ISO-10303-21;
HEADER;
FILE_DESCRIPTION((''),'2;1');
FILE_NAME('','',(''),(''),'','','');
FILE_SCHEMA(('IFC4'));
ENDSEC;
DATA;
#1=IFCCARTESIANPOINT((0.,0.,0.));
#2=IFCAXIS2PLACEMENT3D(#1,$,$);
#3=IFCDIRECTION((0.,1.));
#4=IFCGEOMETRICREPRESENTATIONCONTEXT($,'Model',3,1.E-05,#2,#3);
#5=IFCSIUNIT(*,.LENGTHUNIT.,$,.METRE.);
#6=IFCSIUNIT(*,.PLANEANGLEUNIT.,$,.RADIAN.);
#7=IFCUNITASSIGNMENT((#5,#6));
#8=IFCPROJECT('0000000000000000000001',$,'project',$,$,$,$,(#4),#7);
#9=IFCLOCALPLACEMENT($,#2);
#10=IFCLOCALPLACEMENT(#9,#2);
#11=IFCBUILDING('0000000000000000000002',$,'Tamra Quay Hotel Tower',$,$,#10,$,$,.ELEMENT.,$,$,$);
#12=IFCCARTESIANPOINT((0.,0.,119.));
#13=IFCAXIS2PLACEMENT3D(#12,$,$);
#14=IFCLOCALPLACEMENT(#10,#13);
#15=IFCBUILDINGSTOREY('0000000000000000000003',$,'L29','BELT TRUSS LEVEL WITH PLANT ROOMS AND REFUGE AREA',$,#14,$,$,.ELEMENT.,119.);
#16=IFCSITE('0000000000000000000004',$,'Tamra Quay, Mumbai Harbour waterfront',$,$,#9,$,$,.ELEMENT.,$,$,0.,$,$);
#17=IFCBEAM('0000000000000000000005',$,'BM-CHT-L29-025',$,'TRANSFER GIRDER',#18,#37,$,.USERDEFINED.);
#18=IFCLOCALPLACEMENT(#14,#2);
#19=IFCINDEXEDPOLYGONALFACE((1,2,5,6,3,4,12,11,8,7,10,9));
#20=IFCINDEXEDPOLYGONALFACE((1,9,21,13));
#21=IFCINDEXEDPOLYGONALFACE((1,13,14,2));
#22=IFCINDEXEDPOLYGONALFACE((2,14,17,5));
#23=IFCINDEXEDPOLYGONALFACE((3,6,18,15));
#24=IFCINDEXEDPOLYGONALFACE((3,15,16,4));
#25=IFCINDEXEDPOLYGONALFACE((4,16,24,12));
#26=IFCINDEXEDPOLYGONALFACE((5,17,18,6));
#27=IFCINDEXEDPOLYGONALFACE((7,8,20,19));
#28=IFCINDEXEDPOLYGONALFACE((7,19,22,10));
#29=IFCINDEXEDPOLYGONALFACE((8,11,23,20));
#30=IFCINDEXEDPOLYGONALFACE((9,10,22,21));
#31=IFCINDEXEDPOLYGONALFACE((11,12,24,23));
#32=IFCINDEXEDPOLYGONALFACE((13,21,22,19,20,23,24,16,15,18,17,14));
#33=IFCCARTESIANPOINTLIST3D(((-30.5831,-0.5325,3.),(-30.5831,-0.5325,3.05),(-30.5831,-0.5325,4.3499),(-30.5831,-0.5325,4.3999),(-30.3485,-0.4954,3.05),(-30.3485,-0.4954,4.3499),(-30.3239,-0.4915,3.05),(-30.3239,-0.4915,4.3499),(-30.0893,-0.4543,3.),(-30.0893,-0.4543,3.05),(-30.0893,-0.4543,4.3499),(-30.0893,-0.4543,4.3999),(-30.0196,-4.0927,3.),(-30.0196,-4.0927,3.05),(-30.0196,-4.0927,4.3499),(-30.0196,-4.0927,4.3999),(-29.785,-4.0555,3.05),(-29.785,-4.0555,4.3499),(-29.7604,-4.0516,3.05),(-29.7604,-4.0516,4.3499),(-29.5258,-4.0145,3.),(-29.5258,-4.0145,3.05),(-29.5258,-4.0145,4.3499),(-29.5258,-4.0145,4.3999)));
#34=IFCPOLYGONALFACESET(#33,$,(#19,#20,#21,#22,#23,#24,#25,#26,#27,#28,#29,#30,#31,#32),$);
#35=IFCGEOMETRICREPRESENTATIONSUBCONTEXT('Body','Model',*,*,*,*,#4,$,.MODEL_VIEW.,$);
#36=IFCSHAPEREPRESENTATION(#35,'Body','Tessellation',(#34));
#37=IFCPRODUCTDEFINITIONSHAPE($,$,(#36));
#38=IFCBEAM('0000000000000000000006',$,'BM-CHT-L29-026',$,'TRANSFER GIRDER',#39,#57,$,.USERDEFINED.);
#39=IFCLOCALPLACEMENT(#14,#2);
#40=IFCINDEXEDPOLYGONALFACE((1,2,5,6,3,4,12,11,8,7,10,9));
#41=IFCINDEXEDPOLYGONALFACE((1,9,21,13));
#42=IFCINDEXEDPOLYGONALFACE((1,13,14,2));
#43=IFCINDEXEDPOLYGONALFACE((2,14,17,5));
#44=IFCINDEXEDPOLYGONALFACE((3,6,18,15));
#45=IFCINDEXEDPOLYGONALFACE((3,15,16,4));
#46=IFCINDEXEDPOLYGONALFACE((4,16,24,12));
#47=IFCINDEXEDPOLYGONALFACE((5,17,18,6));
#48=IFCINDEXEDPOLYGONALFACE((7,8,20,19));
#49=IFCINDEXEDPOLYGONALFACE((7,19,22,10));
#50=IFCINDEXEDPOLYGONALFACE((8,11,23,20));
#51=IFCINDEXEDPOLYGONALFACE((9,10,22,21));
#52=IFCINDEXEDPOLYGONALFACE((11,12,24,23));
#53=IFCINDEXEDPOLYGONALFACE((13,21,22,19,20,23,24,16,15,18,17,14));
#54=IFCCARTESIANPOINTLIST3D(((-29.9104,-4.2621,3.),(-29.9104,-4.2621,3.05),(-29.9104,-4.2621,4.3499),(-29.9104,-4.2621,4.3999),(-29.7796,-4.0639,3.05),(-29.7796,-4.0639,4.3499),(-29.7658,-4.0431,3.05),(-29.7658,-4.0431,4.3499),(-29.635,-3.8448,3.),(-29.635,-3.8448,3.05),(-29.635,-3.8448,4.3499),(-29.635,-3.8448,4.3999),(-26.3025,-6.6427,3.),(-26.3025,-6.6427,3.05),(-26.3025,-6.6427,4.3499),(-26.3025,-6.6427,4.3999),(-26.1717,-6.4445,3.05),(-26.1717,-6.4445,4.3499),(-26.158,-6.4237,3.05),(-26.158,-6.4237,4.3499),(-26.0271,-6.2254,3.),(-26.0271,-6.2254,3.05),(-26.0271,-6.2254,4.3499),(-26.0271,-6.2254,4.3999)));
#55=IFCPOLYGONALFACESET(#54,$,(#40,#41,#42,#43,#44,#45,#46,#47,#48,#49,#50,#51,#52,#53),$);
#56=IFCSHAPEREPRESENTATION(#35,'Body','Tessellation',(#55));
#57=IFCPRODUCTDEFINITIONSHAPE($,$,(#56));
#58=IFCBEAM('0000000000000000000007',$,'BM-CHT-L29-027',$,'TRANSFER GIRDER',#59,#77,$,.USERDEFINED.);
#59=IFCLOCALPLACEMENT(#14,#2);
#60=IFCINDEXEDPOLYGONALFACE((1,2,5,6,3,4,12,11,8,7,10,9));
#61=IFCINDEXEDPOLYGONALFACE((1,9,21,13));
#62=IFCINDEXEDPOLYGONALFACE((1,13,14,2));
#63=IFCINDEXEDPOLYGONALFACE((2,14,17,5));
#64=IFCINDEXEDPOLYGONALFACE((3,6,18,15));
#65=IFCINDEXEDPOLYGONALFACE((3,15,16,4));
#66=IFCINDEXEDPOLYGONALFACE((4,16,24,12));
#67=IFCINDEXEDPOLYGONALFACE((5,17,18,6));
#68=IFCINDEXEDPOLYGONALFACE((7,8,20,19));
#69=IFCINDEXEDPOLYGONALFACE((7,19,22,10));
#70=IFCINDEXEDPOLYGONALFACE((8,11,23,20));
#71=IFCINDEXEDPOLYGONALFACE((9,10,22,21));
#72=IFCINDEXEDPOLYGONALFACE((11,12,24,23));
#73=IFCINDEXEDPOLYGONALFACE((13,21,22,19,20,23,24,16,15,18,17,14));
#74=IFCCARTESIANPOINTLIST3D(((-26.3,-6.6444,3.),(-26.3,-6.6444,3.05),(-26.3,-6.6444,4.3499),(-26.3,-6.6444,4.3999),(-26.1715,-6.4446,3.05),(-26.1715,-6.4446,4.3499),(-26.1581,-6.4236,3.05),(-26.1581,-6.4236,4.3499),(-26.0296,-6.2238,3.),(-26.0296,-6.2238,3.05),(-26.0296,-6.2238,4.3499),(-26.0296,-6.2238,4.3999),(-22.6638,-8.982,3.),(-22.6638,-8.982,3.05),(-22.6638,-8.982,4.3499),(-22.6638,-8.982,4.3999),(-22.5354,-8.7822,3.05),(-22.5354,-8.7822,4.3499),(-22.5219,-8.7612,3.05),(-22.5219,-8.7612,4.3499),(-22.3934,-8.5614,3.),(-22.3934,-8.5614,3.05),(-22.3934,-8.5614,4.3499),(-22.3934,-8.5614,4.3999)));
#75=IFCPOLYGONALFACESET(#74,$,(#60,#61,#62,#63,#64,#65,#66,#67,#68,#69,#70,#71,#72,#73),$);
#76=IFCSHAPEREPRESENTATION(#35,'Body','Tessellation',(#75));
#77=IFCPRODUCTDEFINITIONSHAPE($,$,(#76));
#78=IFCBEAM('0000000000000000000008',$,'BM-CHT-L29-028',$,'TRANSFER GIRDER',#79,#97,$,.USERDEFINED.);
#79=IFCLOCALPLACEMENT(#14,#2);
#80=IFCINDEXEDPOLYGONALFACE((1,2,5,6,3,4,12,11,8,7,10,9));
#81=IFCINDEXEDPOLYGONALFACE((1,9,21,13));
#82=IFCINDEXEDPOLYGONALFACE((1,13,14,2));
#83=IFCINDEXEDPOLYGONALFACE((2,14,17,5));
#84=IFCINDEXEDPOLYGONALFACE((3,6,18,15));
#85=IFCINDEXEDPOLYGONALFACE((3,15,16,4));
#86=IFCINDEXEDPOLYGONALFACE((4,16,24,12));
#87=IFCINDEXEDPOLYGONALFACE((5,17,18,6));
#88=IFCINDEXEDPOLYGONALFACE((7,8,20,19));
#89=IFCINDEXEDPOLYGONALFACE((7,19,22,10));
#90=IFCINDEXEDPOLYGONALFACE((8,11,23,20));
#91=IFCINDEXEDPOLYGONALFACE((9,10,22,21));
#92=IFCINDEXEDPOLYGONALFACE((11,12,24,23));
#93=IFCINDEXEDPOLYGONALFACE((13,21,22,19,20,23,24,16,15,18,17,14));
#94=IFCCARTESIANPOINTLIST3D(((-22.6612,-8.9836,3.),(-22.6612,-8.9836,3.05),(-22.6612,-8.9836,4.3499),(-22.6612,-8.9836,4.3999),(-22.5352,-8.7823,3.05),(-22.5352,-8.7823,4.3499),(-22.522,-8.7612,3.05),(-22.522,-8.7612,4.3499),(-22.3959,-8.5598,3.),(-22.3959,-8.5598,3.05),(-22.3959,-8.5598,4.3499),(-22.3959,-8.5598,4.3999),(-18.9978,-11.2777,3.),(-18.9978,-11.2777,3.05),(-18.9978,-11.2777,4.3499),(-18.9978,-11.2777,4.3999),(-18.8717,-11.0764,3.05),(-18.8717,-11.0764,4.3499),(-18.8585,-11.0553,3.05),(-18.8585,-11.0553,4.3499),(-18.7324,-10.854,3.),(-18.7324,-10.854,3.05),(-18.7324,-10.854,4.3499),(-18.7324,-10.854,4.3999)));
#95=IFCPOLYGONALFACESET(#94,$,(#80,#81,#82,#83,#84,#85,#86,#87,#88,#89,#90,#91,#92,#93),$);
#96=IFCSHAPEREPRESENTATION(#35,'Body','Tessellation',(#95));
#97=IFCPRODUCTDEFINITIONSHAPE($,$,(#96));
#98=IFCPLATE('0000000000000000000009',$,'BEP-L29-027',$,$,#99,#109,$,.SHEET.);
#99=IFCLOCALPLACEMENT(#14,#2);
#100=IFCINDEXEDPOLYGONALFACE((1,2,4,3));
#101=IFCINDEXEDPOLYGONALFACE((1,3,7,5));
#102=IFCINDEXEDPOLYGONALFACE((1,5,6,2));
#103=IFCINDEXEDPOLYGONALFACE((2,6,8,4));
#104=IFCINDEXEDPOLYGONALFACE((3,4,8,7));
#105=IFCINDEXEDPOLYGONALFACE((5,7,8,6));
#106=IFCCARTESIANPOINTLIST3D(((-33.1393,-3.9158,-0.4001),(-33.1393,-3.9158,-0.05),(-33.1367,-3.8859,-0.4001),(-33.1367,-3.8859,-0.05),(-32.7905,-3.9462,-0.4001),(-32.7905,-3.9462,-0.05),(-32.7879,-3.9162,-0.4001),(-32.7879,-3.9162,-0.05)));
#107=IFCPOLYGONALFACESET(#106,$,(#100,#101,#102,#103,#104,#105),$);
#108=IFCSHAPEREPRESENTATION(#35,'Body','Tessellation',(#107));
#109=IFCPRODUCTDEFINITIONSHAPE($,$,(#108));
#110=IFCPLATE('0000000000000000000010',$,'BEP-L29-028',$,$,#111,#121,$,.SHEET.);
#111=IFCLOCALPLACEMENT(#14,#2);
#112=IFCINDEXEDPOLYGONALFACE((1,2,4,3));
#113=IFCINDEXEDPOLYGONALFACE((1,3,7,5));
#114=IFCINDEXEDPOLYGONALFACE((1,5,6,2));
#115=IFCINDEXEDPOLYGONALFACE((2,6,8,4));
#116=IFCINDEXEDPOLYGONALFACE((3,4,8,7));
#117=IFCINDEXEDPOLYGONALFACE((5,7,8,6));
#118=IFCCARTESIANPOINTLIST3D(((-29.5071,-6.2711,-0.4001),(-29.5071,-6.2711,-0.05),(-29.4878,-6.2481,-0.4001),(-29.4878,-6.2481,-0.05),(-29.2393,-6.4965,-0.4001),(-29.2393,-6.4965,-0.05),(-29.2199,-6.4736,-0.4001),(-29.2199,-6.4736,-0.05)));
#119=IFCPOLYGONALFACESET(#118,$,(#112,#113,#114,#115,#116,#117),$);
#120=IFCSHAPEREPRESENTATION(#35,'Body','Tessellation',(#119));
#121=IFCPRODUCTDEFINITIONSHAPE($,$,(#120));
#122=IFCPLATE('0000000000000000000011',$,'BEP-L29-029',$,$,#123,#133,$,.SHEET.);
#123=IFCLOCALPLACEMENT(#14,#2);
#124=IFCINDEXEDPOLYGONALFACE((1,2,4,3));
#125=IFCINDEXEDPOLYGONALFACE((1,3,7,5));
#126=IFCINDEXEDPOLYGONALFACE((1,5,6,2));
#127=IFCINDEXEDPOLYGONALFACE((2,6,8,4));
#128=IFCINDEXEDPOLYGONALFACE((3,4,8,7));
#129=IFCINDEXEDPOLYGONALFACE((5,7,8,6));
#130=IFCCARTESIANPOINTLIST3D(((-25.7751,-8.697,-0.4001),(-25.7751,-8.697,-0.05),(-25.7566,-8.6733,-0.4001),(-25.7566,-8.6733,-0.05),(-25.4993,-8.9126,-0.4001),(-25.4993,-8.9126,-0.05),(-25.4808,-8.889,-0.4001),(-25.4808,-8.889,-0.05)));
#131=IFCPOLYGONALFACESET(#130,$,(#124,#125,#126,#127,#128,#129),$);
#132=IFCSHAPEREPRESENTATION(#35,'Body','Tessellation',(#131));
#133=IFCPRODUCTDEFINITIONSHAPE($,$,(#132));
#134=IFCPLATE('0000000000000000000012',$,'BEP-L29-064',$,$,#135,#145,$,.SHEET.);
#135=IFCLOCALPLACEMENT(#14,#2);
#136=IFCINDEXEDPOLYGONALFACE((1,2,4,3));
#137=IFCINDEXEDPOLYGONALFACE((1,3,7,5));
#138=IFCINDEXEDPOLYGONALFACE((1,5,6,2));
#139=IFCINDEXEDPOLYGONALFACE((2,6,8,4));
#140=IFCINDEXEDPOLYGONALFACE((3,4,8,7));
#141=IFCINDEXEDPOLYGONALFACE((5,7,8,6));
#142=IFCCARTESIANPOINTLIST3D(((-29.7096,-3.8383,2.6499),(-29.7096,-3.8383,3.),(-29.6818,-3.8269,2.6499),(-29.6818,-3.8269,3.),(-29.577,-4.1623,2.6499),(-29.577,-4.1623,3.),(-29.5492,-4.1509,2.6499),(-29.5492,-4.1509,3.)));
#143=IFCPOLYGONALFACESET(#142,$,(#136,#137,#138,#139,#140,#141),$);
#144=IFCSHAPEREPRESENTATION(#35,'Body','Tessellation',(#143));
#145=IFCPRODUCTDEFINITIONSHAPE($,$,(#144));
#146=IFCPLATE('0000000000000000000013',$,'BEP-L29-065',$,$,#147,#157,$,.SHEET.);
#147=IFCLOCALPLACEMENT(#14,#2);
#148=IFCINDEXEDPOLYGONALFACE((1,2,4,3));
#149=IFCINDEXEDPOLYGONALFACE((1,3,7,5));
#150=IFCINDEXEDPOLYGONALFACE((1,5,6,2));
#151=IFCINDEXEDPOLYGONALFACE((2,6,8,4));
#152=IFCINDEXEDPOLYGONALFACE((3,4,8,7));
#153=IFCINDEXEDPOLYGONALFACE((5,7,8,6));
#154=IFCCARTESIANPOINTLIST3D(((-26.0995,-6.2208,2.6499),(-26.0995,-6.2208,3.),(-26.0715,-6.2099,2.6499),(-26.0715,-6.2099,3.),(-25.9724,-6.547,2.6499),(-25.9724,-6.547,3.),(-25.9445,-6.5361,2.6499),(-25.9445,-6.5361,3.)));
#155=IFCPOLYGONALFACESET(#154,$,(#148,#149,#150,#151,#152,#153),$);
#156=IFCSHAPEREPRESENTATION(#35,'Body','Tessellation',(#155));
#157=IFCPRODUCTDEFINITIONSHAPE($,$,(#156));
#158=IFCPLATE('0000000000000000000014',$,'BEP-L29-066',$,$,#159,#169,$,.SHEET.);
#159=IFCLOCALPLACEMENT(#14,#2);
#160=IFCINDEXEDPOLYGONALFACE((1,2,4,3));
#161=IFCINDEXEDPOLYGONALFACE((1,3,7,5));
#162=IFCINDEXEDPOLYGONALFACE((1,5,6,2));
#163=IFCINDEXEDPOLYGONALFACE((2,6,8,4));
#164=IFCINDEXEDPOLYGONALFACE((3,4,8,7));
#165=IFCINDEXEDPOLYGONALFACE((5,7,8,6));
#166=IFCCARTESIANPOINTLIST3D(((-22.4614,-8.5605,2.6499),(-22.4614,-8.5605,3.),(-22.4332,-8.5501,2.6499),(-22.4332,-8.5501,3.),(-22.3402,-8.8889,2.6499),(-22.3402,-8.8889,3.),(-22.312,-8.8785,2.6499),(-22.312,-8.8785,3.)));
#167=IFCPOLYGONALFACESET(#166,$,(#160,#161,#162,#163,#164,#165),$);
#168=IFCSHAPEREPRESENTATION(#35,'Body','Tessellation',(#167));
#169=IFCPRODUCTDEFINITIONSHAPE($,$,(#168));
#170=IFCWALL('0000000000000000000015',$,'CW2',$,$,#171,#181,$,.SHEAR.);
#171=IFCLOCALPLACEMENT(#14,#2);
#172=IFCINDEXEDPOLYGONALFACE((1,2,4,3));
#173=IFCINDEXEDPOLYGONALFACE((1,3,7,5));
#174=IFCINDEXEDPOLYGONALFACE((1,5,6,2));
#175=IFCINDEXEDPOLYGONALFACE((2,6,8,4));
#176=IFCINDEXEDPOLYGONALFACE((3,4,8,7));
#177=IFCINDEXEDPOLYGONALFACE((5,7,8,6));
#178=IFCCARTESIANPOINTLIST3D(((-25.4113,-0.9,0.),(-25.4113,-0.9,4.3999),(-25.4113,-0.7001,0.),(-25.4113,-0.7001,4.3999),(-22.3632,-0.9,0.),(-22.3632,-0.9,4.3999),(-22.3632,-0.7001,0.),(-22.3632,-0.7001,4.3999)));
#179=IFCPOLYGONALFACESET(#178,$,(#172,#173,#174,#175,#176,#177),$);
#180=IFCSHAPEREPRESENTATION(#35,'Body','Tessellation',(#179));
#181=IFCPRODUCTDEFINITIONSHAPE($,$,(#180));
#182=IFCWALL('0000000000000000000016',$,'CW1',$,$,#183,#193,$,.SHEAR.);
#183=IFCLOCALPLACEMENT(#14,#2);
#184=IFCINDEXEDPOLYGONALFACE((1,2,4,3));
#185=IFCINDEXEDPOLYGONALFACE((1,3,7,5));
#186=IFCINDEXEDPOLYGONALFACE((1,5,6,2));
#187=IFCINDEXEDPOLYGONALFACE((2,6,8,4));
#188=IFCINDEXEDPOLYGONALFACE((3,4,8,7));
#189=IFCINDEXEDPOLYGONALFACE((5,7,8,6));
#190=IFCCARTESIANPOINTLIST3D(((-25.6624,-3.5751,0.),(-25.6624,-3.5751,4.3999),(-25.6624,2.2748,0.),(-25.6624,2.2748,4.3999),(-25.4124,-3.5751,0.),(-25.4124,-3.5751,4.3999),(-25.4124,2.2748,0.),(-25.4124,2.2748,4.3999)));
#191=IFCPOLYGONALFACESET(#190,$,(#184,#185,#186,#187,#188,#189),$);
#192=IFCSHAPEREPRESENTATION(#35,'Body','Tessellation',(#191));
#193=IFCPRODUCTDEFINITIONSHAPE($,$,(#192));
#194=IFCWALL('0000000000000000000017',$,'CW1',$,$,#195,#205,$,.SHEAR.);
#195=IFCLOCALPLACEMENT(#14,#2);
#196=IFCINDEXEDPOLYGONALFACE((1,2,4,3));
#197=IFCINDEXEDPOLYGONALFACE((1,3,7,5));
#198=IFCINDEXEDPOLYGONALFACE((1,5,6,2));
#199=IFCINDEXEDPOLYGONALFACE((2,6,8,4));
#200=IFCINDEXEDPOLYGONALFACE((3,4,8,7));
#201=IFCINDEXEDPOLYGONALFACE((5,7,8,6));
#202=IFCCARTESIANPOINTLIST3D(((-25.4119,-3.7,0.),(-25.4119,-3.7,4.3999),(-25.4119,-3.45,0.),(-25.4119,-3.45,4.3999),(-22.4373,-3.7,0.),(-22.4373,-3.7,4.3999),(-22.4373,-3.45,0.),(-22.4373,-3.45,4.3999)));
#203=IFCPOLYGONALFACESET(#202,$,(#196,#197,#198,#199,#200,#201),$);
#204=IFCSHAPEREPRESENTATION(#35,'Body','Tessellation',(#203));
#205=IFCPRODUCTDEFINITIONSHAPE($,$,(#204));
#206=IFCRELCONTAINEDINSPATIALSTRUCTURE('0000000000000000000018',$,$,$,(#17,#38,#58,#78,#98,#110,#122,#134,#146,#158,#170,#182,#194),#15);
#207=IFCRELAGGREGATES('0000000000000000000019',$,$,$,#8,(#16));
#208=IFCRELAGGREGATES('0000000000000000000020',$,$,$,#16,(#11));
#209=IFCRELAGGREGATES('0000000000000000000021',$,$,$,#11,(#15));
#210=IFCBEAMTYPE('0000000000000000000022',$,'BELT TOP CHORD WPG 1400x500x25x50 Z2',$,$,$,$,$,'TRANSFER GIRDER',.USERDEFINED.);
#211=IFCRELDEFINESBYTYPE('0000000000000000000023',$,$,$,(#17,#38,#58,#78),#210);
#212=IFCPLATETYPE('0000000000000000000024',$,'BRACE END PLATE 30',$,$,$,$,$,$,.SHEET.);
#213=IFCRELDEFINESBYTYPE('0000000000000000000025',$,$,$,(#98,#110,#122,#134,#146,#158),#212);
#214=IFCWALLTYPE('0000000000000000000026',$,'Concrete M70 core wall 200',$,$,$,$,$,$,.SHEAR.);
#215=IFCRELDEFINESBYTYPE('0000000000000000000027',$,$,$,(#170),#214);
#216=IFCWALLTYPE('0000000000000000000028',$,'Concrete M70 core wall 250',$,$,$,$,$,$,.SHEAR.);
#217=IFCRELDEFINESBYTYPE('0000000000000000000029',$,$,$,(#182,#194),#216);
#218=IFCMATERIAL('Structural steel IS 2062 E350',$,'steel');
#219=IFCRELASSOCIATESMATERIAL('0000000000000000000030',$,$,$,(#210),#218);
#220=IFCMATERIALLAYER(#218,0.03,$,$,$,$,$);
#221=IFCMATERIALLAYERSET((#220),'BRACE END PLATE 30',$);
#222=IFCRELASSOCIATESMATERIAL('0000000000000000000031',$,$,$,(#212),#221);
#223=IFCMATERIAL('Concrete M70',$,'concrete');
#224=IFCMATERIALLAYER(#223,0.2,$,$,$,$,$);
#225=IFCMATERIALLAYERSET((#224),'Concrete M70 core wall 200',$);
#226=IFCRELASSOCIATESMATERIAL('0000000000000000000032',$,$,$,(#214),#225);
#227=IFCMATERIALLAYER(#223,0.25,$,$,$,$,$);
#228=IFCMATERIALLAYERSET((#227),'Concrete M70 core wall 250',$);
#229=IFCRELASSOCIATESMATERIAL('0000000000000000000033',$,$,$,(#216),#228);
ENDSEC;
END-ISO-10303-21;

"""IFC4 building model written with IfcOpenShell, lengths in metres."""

from ifc_helpers import new_model, si_unit, direction, frame, frame_2d, origin, origin_2d, place, context, subcontext, project, spatial, rectangle, i_section, extrude, material, layer, layer_set, material_profile, profile_set, type_object, element, save


model = new_model("IFC4")

# Units and contexts
model_context = context("Model", 3, precision=1e-05, world=origin(), true_north=direction((0.0, 1.0)))
body_context = subcontext(model_context, "Body", "Model", "MODEL_VIEW")
ifc_project = project(units=[si_unit("LENGTHUNIT", "METRE"), si_unit("PLANEANGLEUNIT", "RADIAN")], contexts=[model_context])

# Site, building, storey
site_placement = place(None, origin())
site = spatial("IfcSite", under=ifc_project, at=site_placement, Name="Tamra Quay, Mumbai Harbour waterfront", CompositionType="ELEMENT", RefElevation=0.0)
building_placement = place(site_placement, origin())
building = spatial("IfcBuilding", under=site, at=building_placement, Name="Tamra Quay Hotel Tower", CompositionType="ELEMENT")
storey_placement = place(building_placement, frame((0.0, 0.0, 119.0)))
storey = spatial("IfcBuildingStorey", under=building, at=storey_placement, Name="L29", Description="BELT TRUSS LEVEL WITH PLANT ROOMS AND REFUGE AREA", CompositionType="ELEMENT", Elevation=119.0)

# Shared definitions
ifc_material_1 = material(Name="Concrete M70", Category="concrete")

# Shared definitions
ifc_material_2 = material(Name="Structural steel IS 2062 E350", Category="steel")

# Beams
ifc_material_profile_1 = material_profile(ifc_material_2, i_section(OverallWidth=0.5, OverallDepth=1.3999, WebThickness=0.0249, FlangeThickness=0.05, at=origin_2d()), Name="WPG 1400x500x25x50")
ifc_profile_set_1 = profile_set([ifc_material_profile_1], Name="Structural steel IS 2062 E350")
beam_type_1 = type_object("IfcBeamType", Name="BELT TOP CHORD WPG 1400x500x25x50 Z2", ElementType="TRANSFER GIRDER", PredefinedType="USERDEFINED", material=ifc_profile_set_1)
beam_1_placement = place(storey_placement, frame((-30.3362, -0.4934, 3.7), z_axis=(0.156331, -0.987705, 0.0), x_axis=(0.987705, 0.156331, 0.0)))
element("IfcBeam", 1, at=beam_1_placement, inside=storey, type_object=beam_type_1, Name="BM-CHT-L29-025", ObjectType="TRANSFER GIRDER", PredefinedType="USERDEFINED", context=body_context, shape_type="SweptSolid", body=[
    extrude(i_section(OverallWidth=0.5, OverallDepth=1.3999, WebThickness=0.0249, FlangeThickness=0.05, at=origin_2d()), origin(), (0.0, 0.0, 1.0), 3.6045),
])
beam_2_placement = place(storey_placement, frame((-29.7727, -4.0535, 3.7), z_axis=(0.834674, -0.550745, 0.0), x_axis=(0.550745, 0.834674, 0.0)))
element("IfcBeam", 2, at=beam_2_placement, inside=storey, type_object=beam_type_1, Name="BM-CHT-L29-026", ObjectType="TRANSFER GIRDER", PredefinedType="USERDEFINED", context=body_context, shape_type="SweptSolid", body=[
    extrude(i_section(OverallWidth=0.5, OverallDepth=1.3999, WebThickness=0.0249, FlangeThickness=0.05, at=origin_2d()), origin(), (0.0, 0.0, 1.0), 4.3225),
])
beam_3_placement = place(storey_placement, frame((-26.1648, -6.4341, 3.7), z_axis=(0.841171, -0.540769, 0.0), x_axis=(0.540769, 0.841171, 0.0)))
element("IfcBeam", 3, at=beam_3_placement, inside=storey, type_object=beam_type_1, Name="BM-CHT-L29-027", ObjectType="TRANSFER GIRDER", PredefinedType="USERDEFINED", context=body_context, shape_type="SweptSolid", body=[
    extrude(i_section(OverallWidth=0.5, OverallDepth=1.3999, WebThickness=0.0249, FlangeThickness=0.05, at=origin_2d()), origin(), (0.0, 0.0, 1.0), 4.3228),
])
beam_4_placement = place(storey_placement, frame((-22.5286, -8.7717, 3.7), z_axis=(0.847535, -0.53074, 0.0), x_axis=(0.53074, 0.847535, 0.0)))
element("IfcBeam", 4, at=beam_4_placement, inside=storey, type_object=beam_type_1, Name="BM-CHT-L29-028", ObjectType="TRANSFER GIRDER", PredefinedType="USERDEFINED", context=body_context, shape_type="SweptSolid", body=[
    extrude(i_section(OverallWidth=0.5, OverallDepth=1.3999, WebThickness=0.0249, FlangeThickness=0.05, at=origin_2d()), origin(), (0.0, 0.0, 1.0), 4.3225),
])

# Plates
ifc_layer_1 = layer(ifc_material_2, 0.03)
ifc_layer_set_1 = layer_set([ifc_layer_1], Name="BRACE END PLATE 30")
plate_type = type_object("IfcPlateType", Name="BRACE END PLATE 30", PredefinedType="SHEET", material=ifc_layer_set_1)
for number, where, z_axis, x_axis, name in (
    (5, (-32.9636, -3.916, -0.4001), (0.0, 0.0, 1.0), (0.08678, 0.996227, 0.0), "BEP-L29-027"),
    (6, (-29.3635, -6.3723, -0.4001), (0.0, 0.0, 1.0), (0.643983, 0.765039, 0.0), "BEP-L29-028"),
    (7, (-25.6279, -8.793, -0.4001), (0.0, 0.0, 1.0), (0.615926, 0.787804, 0.0), "BEP-L29-029"),
    (8, (-29.6294, -3.9946, 2.6499), (0.0, 0.0, 1.0), (0.925475, 0.378809, 0.0), "BEP-L29-064"),
    (9, (-26.022, -6.3784, 2.6499), (0.0, 0.0, 1.0), (0.931819, 0.362924, 0.0), "BEP-L29-065"),
    (10, (-22.3867, -8.7195, 2.6499), (0.0, 0.0, 1.0), (0.938149, 0.346232, 0.0), "BEP-L29-066"),
):
    element("IfcPlate", number, at=place(storey_placement, frame(where, z_axis=z_axis, x_axis=x_axis)), inside=storey, type_object=plate_type, Name=name, PredefinedType="SHEET", context=body_context, shape_type="SweptSolid", body=[
        extrude(rectangle(XDim=0.03, YDim=0.3501, at=origin_2d()), origin(), (0.0, 0.0, 1.0), 0.3501),
    ])

# Walls
ifc_layer_2 = layer(ifc_material_1, 0.2)
ifc_layer_set_2 = layer_set([ifc_layer_2], Name="Concrete M70 core wall 200")
wall_type_1 = type_object("IfcWallType", Name="Concrete M70 core wall 200", PredefinedType="SHEAR", material=ifc_layer_set_2)
wall_1_placement = place(storey_placement, frame((-22.3633, -0.8, 0.0), z_axis=(0.0, 0.0, 1.0), x_axis=(-1.0, 0.0, 0.0)))
element("IfcWall", 11, at=wall_1_placement, inside=storey, type_object=wall_type_1, Name="CW2", PredefinedType="SHEAR", context=body_context, shape_type="SweptSolid", body=[
    extrude(rectangle(XDim=3.0481, YDim=0.2, at=frame_2d((1.5239, 0.0))), origin(), (0.0, 0.0, 1.0), 4.3999),
])
ifc_layer_3 = layer(ifc_material_1, 0.25)
ifc_layer_set_3 = layer_set([ifc_layer_3], Name="Concrete M70 core wall 250")
wall_type_2 = type_object("IfcWallType", Name="Concrete M70 core wall 250", PredefinedType="SHEAR", material=ifc_layer_set_3)
wall_2_placement = place(storey_placement, frame((-25.5374, -3.575, 0.0), z_axis=(0.0, 0.0, 1.0), x_axis=(0.0, 1.0, 0.0)))
element("IfcWall", 12, at=wall_2_placement, inside=storey, type_object=wall_type_2, Name="CW1", PredefinedType="SHEAR", context=body_context, shape_type="SweptSolid", body=[
    extrude(rectangle(XDim=5.8499, YDim=0.25, at=frame_2d((2.9248, 0.0))), origin(), (0.0, 0.0, 1.0), 4.3999),
])
wall_3_placement = place(storey_placement, frame((-22.4373, -3.575, 0.0), z_axis=(0.0, 0.0, 1.0), x_axis=(-1.0, 0.0, 0.0)))
element("IfcWall", 13, at=wall_3_placement, inside=storey, type_object=wall_type_2, Name="CW1", PredefinedType="SHEAR", context=body_context, shape_type="SweptSolid", body=[
    extrude(rectangle(XDim=2.9746, YDim=0.25, at=frame_2d((1.4873, 0.0))), origin(), (0.0, 0.0, 1.0), 4.3999),
])

save(model, "model.ifc")
